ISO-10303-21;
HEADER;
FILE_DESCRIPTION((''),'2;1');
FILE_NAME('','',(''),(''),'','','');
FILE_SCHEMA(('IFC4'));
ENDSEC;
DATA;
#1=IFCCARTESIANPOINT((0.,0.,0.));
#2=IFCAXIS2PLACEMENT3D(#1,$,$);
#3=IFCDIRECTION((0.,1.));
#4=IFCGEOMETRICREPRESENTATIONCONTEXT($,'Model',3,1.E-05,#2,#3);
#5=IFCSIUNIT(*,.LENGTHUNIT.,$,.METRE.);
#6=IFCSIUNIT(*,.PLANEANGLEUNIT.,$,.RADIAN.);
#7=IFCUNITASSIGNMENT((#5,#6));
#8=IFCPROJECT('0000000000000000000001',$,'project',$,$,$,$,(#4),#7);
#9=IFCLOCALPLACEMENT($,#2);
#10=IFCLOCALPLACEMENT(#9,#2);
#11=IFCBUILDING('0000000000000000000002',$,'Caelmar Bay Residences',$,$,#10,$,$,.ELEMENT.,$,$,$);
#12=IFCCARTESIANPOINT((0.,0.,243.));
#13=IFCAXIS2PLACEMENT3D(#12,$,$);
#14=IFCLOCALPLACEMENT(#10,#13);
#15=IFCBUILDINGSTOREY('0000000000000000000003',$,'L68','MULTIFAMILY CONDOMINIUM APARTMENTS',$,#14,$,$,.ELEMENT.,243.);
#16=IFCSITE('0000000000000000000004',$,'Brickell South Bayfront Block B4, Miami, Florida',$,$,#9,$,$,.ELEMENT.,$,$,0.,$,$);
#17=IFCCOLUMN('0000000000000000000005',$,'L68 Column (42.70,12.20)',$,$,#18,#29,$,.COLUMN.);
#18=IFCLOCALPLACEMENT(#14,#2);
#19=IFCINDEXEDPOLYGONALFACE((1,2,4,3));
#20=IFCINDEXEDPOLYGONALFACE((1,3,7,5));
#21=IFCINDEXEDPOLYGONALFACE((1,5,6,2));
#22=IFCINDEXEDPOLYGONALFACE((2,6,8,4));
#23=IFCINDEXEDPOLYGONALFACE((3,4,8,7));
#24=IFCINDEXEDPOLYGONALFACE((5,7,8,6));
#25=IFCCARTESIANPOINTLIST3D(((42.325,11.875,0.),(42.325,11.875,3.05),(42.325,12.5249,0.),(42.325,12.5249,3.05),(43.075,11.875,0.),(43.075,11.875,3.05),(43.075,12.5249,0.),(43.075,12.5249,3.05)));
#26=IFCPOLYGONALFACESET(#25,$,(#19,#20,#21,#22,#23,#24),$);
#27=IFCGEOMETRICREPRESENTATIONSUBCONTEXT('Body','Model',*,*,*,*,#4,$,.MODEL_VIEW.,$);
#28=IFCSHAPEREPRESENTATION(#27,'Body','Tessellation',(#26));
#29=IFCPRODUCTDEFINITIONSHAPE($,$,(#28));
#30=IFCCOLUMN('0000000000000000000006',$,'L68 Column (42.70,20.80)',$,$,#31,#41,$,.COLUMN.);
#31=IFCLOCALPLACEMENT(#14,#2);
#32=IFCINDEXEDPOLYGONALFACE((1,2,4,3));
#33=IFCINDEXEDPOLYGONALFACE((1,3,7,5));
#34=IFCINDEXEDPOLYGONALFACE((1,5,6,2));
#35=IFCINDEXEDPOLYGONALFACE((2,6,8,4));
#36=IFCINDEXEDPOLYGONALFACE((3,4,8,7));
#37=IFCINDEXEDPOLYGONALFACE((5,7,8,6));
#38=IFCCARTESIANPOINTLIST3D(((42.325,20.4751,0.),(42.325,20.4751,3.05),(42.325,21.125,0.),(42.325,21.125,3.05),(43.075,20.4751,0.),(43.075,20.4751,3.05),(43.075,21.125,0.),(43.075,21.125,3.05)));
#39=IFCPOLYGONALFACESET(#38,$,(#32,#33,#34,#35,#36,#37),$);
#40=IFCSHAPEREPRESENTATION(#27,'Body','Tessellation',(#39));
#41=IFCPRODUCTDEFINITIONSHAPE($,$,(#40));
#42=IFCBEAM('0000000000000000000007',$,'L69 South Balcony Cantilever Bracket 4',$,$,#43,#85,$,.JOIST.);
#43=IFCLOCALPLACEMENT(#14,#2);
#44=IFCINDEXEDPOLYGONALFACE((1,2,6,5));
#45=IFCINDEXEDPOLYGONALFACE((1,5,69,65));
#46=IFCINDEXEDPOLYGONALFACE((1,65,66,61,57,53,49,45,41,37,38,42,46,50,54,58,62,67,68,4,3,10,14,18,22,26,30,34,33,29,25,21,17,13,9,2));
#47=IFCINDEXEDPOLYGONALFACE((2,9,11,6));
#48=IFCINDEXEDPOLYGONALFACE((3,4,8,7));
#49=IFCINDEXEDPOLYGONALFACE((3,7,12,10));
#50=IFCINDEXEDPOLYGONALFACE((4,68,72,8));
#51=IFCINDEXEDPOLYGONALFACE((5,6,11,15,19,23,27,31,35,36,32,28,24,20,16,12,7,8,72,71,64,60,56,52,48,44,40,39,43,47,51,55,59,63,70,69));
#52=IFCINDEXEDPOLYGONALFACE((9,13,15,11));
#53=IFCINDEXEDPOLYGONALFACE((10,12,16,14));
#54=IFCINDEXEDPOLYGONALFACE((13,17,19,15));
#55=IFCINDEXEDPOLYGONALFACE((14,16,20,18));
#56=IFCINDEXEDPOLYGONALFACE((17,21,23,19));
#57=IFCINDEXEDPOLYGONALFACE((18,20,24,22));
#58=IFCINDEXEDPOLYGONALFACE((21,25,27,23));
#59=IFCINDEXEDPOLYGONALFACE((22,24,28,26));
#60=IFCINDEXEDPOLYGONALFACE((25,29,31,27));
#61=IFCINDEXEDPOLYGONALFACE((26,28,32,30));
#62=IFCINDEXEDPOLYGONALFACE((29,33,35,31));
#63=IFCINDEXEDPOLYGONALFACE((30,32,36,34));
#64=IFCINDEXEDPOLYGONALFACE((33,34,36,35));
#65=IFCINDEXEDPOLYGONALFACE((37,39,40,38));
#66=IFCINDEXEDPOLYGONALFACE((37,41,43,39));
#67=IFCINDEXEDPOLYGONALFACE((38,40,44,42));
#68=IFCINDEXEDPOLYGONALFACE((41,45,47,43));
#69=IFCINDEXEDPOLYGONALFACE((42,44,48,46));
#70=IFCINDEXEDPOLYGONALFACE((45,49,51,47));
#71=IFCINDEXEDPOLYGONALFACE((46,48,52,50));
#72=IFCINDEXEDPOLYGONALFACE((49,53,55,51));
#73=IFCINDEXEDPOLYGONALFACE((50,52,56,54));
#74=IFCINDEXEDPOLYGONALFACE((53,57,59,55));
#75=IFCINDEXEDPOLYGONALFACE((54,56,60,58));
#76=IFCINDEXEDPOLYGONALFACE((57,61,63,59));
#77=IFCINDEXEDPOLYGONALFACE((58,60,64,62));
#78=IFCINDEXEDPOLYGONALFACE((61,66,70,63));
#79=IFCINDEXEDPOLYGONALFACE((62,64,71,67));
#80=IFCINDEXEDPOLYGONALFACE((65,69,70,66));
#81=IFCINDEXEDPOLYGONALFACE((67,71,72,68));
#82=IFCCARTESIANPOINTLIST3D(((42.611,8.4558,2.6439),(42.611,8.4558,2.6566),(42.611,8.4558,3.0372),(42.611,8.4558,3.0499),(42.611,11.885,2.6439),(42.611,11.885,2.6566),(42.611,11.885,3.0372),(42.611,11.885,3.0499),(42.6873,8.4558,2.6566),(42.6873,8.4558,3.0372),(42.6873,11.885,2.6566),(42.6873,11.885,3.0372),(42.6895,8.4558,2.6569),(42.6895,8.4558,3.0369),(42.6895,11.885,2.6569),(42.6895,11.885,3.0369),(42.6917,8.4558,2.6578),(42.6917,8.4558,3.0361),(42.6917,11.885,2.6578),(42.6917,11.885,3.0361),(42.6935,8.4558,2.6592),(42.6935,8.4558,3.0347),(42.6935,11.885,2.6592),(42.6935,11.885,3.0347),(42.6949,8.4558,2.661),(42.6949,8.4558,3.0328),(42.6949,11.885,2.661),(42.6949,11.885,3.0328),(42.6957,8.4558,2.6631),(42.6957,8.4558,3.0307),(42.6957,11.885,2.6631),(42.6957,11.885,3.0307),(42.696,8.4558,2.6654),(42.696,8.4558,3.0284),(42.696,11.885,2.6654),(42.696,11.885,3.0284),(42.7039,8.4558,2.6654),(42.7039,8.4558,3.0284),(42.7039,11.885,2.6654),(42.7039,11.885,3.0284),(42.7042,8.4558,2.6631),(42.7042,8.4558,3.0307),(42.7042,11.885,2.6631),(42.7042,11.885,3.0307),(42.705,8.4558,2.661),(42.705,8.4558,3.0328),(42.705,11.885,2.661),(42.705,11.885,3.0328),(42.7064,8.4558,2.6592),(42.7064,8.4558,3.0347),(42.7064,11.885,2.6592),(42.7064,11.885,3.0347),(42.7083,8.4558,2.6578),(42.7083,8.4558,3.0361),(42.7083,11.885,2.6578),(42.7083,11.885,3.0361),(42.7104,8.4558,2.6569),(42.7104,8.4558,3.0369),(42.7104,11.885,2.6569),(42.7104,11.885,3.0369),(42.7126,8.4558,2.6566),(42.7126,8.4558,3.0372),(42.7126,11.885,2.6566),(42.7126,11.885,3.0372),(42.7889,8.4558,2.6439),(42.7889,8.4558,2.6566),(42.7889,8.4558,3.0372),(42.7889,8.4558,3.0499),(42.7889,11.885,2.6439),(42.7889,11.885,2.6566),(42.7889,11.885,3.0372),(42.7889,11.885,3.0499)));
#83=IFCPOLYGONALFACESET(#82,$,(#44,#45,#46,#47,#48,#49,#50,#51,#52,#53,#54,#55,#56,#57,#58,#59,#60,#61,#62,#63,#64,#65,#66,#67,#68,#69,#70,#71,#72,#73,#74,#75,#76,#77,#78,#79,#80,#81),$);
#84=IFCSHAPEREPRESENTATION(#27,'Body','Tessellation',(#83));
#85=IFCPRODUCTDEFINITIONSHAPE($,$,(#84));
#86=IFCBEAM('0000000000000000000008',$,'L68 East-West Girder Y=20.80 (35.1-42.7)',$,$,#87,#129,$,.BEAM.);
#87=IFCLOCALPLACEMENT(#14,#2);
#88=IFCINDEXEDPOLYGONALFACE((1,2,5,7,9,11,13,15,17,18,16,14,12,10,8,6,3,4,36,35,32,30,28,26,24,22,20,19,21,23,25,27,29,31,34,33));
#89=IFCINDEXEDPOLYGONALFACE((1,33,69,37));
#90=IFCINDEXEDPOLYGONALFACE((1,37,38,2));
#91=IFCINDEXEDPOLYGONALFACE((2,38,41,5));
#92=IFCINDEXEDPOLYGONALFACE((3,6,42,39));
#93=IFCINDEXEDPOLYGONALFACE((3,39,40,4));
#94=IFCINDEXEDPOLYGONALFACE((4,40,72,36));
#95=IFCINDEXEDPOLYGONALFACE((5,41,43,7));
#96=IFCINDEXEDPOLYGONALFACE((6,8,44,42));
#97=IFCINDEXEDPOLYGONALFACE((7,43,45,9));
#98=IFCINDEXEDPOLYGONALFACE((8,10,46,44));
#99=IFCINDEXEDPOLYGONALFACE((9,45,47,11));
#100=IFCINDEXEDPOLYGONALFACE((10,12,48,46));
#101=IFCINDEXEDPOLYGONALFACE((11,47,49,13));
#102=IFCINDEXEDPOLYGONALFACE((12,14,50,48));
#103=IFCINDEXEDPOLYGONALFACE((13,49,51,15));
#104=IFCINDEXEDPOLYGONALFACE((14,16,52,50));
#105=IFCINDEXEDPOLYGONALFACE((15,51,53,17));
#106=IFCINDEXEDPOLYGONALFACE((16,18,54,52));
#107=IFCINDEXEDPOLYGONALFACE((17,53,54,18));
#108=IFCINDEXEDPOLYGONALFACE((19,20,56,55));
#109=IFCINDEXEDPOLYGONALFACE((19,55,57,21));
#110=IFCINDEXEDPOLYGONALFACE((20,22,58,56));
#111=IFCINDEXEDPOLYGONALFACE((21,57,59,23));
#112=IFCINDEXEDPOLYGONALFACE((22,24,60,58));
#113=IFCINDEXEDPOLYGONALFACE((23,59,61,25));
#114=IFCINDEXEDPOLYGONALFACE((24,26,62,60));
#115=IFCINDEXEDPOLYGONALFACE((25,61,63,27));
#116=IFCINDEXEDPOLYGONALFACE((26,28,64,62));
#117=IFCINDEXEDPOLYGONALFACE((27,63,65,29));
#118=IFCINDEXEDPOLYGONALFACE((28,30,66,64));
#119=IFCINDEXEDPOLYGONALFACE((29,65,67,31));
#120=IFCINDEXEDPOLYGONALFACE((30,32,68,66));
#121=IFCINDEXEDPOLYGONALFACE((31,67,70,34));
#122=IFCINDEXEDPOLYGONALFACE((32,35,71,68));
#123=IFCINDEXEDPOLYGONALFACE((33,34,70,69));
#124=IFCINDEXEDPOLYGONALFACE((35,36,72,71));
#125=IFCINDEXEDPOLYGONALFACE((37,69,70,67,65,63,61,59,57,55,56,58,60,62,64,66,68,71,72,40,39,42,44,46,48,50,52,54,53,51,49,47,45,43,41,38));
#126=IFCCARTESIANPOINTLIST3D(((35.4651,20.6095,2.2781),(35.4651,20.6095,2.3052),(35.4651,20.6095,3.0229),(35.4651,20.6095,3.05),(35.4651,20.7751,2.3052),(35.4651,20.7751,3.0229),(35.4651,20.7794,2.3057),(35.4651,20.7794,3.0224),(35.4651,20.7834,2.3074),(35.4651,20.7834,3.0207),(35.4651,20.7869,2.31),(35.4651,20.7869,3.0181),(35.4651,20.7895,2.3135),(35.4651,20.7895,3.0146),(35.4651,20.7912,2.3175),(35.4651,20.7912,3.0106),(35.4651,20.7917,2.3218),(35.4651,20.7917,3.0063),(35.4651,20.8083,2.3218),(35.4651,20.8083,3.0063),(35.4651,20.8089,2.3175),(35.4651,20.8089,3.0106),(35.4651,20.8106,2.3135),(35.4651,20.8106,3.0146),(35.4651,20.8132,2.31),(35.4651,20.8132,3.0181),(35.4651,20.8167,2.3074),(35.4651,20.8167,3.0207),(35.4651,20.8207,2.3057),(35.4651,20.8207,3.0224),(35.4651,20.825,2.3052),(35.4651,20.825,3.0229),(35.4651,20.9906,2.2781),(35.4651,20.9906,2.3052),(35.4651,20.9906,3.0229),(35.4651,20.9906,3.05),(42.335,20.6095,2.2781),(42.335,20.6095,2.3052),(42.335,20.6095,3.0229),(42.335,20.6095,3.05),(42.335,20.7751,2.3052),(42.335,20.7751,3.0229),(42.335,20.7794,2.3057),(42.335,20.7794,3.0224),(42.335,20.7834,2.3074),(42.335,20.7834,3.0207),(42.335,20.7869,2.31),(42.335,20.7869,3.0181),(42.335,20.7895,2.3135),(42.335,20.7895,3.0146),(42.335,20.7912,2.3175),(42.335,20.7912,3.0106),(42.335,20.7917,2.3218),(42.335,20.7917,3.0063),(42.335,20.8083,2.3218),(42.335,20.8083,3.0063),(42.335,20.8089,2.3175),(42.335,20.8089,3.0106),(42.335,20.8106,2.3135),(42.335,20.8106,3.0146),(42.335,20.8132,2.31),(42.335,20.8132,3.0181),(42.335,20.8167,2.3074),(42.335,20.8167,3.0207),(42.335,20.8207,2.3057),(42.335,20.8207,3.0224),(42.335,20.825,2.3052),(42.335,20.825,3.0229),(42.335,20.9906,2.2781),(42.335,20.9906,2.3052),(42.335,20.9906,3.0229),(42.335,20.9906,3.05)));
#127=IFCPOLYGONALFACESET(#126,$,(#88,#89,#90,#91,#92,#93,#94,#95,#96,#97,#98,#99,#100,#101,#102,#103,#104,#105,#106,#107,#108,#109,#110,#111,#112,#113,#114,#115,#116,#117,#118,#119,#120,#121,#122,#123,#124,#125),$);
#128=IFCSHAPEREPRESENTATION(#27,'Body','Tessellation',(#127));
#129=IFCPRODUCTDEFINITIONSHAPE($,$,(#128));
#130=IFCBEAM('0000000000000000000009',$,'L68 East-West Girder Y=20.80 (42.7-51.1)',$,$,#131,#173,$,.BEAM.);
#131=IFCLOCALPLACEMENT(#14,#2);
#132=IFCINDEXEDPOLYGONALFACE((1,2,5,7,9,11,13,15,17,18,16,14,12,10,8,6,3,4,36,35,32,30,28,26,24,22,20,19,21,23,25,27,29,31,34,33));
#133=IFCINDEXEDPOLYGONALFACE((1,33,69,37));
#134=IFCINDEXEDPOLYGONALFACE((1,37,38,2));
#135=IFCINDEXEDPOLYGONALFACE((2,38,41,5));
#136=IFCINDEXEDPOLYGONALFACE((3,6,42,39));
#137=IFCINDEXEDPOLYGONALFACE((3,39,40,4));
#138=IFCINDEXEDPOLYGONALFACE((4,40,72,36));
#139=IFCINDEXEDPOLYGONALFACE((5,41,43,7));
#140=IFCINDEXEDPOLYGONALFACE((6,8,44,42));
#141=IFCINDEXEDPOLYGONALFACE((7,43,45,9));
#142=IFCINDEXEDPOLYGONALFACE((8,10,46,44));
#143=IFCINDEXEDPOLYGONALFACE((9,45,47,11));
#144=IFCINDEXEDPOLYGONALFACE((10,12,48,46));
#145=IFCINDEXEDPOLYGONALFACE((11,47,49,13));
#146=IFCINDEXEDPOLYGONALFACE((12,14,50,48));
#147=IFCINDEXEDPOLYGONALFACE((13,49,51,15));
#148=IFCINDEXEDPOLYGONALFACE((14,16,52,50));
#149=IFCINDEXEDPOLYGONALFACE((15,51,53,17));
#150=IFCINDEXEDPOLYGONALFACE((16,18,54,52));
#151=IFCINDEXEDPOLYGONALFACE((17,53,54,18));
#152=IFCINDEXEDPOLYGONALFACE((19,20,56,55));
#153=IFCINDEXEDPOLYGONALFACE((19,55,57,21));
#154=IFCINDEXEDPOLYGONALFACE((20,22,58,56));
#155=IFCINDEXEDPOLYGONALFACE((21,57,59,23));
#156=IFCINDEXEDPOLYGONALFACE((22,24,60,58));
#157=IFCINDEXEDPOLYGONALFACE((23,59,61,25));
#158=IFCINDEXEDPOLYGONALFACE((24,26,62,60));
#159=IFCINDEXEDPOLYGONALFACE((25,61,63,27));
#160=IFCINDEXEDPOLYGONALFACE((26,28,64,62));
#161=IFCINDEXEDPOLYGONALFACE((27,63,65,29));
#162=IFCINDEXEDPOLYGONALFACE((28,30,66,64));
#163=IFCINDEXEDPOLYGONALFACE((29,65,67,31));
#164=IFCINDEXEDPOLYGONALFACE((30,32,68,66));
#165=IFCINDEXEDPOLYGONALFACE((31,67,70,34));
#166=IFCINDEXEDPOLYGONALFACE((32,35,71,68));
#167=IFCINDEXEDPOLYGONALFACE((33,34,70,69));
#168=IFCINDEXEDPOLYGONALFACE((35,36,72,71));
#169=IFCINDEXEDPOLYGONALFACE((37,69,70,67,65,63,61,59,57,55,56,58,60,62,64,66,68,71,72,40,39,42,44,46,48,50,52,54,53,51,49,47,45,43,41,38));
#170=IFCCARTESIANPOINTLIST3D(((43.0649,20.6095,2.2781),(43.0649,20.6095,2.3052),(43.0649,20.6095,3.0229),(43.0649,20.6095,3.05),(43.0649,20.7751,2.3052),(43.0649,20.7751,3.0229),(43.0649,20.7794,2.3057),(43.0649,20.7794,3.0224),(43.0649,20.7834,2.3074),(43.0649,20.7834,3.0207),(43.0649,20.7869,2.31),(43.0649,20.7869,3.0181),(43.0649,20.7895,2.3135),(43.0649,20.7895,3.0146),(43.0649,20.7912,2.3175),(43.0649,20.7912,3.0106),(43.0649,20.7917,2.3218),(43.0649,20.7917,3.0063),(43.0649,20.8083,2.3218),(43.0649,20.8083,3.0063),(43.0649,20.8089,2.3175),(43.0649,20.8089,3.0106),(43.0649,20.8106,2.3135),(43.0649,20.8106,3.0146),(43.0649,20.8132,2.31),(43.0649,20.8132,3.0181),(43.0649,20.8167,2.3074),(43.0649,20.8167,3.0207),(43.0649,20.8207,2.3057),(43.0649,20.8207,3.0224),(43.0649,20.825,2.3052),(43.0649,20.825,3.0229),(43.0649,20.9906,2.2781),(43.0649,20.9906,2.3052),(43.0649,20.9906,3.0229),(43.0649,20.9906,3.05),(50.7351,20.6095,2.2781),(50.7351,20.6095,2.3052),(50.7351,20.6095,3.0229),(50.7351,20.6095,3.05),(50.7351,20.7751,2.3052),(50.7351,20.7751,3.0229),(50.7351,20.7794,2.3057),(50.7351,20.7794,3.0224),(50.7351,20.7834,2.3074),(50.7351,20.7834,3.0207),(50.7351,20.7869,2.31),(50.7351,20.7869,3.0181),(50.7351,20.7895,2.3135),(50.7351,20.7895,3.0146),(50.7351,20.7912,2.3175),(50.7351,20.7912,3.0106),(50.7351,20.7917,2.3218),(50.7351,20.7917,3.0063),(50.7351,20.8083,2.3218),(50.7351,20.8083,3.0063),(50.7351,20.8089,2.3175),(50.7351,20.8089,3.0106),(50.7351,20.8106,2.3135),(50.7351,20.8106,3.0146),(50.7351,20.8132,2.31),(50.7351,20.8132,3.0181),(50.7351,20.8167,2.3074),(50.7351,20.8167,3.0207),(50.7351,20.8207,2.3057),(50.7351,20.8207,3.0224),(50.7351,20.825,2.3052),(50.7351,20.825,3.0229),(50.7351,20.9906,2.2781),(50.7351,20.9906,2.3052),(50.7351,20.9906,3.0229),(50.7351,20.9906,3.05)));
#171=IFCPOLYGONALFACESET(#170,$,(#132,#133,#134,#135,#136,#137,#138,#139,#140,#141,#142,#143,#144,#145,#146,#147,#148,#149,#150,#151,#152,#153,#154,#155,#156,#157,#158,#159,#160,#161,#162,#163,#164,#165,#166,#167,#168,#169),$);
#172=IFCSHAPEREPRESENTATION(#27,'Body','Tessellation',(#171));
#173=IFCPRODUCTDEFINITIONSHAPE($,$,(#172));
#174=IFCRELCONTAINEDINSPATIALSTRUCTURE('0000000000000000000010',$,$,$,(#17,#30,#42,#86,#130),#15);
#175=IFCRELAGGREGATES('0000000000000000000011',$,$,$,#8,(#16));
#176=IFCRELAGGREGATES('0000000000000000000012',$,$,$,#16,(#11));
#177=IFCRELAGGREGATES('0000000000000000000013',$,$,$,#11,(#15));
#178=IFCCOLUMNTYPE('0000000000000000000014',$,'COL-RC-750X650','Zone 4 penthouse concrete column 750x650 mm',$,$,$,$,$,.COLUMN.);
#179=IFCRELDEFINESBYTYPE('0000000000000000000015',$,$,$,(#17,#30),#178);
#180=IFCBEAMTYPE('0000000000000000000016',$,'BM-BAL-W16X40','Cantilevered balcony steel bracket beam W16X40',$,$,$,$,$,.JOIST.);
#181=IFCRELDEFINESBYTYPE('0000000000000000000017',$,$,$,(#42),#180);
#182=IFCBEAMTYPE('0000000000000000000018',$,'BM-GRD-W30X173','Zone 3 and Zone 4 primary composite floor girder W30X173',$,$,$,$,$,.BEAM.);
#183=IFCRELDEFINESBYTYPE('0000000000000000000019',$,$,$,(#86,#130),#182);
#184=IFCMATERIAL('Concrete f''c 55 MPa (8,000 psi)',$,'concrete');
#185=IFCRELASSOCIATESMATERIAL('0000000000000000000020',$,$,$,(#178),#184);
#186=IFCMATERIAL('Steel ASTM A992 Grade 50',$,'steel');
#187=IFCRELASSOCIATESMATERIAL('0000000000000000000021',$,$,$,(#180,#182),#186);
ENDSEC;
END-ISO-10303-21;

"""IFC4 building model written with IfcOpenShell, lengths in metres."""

from ifc_helpers import new_model, si_unit, direction, frame, origin, origin_2d, place, context, subcontext, project, spatial, rectangle, i_section, extrude, material, material_profile, profile_set, type_object, element, save


model = new_model("IFC4")

# Units and contexts
model_context = context("Model", 3, precision=1e-05, world=origin(), true_north=direction((0.0, 1.0)))
body_context = subcontext(model_context, "Body", "Model", "MODEL_VIEW")
ifc_project = project(units=[si_unit("LENGTHUNIT", "METRE"), si_unit("PLANEANGLEUNIT", "RADIAN")], contexts=[model_context])

# Site, building, storey
site_placement = place(None, origin())
site = spatial("IfcSite", under=ifc_project, at=site_placement, Name="Brickell South Bayfront Block B4, Miami, Florida", CompositionType="ELEMENT", RefElevation=0.0)
building_placement = place(site_placement, origin())
building = spatial("IfcBuilding", under=site, at=building_placement, Name="Caelmar Bay Residences", CompositionType="ELEMENT")
storey_placement = place(building_placement, frame((0.0, 0.0, 243.0)))
storey = spatial("IfcBuildingStorey", under=building, at=storey_placement, Name="L68", Description="MULTIFAMILY CONDOMINIUM APARTMENTS", CompositionType="ELEMENT", Elevation=243.0)

# Columns
ifc_material_1 = material(Name="Concrete f'c 55 MPa (8,000 psi)", Category="concrete")
ifc_material_profile_1 = material_profile(ifc_material_1, rectangle(XDim=0.75, YDim=0.6499, at=origin_2d()), Name="RC-COL-750X650")
ifc_profile_set_1 = profile_set([ifc_material_profile_1], Name="Concrete f'c 55 MPa (8,000 psi)")
column_type = type_object("IfcColumnType", Name="COL-RC-750X650", Description="Zone 4 penthouse concrete column 750x650 mm", PredefinedType="COLUMN", material=ifc_profile_set_1)
for number, where, z_axis, x_axis, name in (
    (1, (42.7, 12.2, 0.0), (0.0, 0.0, 1.0), (1.0, 0.0, 0.0), "L68 Column (42.70,12.20)"),
    (2, (42.7, 20.8, 0.0), (0.0, 0.0, 1.0), (1.0, 0.0, 0.0), "L68 Column (42.70,20.80)"),
):
    element("IfcColumn", number, at=place(storey_placement, frame(where, z_axis=z_axis, x_axis=x_axis)), inside=storey, type_object=column_type, Name=name, PredefinedType="COLUMN", context=body_context, shape_type="SweptSolid", body=[
        extrude(rectangle(XDim=0.75, YDim=0.6499, at=origin_2d()), origin(), (0.0, 0.0, 1.0), 3.05),
    ])

# Beams
ifc_material_2 = material(Name="Steel ASTM A992 Grade 50", Category="steel")
ifc_material_profile_2 = material_profile(ifc_material_2, i_section(OverallWidth=0.178, OverallDepth=0.406, WebThickness=0.0078, FlangeThickness=0.0127, FilletRadius=0.0088, at=origin_2d()), Name="W16X40")
ifc_profile_set_2 = profile_set([ifc_material_profile_2], Name="Steel ASTM A992 Grade 50")
beam_type_1 = type_object("IfcBeamType", Name="BM-BAL-W16X40", Description="Cantilevered balcony steel bracket beam W16X40", PredefinedType="JOIST", material=ifc_profile_set_2)
beam_1_placement = place(storey_placement, frame((42.7, 11.885, 2.8469), z_axis=(0.0, -1.0, 0.0), x_axis=(1.0, 0.0, 0.0)))
element("IfcBeam", 3, at=beam_1_placement, inside=storey, type_object=beam_type_1, Name="L69 South Balcony Cantilever Bracket 4", PredefinedType="JOIST", context=body_context, shape_type="SweptSolid", body=[
    extrude(i_section(OverallWidth=0.178, OverallDepth=0.406, WebThickness=0.0078, FlangeThickness=0.0127, FilletRadius=0.0088, at=origin_2d()), origin(), (0.0, 0.0, 1.0), 3.4292),
])
ifc_material_profile_3 = material_profile(ifc_material_2, i_section(OverallWidth=0.3811, OverallDepth=0.772, WebThickness=0.0166, FlangeThickness=0.0271, FilletRadius=0.0166, at=origin_2d()), Name="W30X173")
ifc_profile_set_3 = profile_set([ifc_material_profile_3], Name="Steel ASTM A992 Grade 50")
beam_type_2 = type_object("IfcBeamType", Name="BM-GRD-W30X173", Description="Zone 3 and Zone 4 primary composite floor girder W30X173", PredefinedType="BEAM", material=ifc_profile_set_3)
beam_2_placement = place(storey_placement, frame((35.4651, 20.8, 2.6641), z_axis=(1.0, 0.0, 0.0), x_axis=(0.0, 1.0, 0.0)))
element("IfcBeam", 4, at=beam_2_placement, inside=storey, type_object=beam_type_2, Name="L68 East-West Girder Y=20.80 (35.1-42.7)", PredefinedType="BEAM", context=body_context, shape_type="SweptSolid", body=[
    extrude(i_section(OverallWidth=0.3811, OverallDepth=0.772, WebThickness=0.0166, FlangeThickness=0.0271, FilletRadius=0.0166, at=origin_2d()), origin(), (0.0, 0.0, 1.0), 6.8699),
])
beam_3_placement = place(storey_placement, frame((43.0649, 20.8, 2.6641), z_axis=(1.0, 0.0, 0.0), x_axis=(0.0, 1.0, 0.0)))
element("IfcBeam", 5, at=beam_3_placement, inside=storey, type_object=beam_type_2, Name="L68 East-West Girder Y=20.80 (42.7-51.1)", PredefinedType="BEAM", context=body_context, shape_type="SweptSolid", body=[
    extrude(i_section(OverallWidth=0.3811, OverallDepth=0.772, WebThickness=0.0166, FlangeThickness=0.0271, FilletRadius=0.0166, at=origin_2d()), origin(), (0.0, 0.0, 1.0), 7.6702),
])

save(model, "model.ifc")
